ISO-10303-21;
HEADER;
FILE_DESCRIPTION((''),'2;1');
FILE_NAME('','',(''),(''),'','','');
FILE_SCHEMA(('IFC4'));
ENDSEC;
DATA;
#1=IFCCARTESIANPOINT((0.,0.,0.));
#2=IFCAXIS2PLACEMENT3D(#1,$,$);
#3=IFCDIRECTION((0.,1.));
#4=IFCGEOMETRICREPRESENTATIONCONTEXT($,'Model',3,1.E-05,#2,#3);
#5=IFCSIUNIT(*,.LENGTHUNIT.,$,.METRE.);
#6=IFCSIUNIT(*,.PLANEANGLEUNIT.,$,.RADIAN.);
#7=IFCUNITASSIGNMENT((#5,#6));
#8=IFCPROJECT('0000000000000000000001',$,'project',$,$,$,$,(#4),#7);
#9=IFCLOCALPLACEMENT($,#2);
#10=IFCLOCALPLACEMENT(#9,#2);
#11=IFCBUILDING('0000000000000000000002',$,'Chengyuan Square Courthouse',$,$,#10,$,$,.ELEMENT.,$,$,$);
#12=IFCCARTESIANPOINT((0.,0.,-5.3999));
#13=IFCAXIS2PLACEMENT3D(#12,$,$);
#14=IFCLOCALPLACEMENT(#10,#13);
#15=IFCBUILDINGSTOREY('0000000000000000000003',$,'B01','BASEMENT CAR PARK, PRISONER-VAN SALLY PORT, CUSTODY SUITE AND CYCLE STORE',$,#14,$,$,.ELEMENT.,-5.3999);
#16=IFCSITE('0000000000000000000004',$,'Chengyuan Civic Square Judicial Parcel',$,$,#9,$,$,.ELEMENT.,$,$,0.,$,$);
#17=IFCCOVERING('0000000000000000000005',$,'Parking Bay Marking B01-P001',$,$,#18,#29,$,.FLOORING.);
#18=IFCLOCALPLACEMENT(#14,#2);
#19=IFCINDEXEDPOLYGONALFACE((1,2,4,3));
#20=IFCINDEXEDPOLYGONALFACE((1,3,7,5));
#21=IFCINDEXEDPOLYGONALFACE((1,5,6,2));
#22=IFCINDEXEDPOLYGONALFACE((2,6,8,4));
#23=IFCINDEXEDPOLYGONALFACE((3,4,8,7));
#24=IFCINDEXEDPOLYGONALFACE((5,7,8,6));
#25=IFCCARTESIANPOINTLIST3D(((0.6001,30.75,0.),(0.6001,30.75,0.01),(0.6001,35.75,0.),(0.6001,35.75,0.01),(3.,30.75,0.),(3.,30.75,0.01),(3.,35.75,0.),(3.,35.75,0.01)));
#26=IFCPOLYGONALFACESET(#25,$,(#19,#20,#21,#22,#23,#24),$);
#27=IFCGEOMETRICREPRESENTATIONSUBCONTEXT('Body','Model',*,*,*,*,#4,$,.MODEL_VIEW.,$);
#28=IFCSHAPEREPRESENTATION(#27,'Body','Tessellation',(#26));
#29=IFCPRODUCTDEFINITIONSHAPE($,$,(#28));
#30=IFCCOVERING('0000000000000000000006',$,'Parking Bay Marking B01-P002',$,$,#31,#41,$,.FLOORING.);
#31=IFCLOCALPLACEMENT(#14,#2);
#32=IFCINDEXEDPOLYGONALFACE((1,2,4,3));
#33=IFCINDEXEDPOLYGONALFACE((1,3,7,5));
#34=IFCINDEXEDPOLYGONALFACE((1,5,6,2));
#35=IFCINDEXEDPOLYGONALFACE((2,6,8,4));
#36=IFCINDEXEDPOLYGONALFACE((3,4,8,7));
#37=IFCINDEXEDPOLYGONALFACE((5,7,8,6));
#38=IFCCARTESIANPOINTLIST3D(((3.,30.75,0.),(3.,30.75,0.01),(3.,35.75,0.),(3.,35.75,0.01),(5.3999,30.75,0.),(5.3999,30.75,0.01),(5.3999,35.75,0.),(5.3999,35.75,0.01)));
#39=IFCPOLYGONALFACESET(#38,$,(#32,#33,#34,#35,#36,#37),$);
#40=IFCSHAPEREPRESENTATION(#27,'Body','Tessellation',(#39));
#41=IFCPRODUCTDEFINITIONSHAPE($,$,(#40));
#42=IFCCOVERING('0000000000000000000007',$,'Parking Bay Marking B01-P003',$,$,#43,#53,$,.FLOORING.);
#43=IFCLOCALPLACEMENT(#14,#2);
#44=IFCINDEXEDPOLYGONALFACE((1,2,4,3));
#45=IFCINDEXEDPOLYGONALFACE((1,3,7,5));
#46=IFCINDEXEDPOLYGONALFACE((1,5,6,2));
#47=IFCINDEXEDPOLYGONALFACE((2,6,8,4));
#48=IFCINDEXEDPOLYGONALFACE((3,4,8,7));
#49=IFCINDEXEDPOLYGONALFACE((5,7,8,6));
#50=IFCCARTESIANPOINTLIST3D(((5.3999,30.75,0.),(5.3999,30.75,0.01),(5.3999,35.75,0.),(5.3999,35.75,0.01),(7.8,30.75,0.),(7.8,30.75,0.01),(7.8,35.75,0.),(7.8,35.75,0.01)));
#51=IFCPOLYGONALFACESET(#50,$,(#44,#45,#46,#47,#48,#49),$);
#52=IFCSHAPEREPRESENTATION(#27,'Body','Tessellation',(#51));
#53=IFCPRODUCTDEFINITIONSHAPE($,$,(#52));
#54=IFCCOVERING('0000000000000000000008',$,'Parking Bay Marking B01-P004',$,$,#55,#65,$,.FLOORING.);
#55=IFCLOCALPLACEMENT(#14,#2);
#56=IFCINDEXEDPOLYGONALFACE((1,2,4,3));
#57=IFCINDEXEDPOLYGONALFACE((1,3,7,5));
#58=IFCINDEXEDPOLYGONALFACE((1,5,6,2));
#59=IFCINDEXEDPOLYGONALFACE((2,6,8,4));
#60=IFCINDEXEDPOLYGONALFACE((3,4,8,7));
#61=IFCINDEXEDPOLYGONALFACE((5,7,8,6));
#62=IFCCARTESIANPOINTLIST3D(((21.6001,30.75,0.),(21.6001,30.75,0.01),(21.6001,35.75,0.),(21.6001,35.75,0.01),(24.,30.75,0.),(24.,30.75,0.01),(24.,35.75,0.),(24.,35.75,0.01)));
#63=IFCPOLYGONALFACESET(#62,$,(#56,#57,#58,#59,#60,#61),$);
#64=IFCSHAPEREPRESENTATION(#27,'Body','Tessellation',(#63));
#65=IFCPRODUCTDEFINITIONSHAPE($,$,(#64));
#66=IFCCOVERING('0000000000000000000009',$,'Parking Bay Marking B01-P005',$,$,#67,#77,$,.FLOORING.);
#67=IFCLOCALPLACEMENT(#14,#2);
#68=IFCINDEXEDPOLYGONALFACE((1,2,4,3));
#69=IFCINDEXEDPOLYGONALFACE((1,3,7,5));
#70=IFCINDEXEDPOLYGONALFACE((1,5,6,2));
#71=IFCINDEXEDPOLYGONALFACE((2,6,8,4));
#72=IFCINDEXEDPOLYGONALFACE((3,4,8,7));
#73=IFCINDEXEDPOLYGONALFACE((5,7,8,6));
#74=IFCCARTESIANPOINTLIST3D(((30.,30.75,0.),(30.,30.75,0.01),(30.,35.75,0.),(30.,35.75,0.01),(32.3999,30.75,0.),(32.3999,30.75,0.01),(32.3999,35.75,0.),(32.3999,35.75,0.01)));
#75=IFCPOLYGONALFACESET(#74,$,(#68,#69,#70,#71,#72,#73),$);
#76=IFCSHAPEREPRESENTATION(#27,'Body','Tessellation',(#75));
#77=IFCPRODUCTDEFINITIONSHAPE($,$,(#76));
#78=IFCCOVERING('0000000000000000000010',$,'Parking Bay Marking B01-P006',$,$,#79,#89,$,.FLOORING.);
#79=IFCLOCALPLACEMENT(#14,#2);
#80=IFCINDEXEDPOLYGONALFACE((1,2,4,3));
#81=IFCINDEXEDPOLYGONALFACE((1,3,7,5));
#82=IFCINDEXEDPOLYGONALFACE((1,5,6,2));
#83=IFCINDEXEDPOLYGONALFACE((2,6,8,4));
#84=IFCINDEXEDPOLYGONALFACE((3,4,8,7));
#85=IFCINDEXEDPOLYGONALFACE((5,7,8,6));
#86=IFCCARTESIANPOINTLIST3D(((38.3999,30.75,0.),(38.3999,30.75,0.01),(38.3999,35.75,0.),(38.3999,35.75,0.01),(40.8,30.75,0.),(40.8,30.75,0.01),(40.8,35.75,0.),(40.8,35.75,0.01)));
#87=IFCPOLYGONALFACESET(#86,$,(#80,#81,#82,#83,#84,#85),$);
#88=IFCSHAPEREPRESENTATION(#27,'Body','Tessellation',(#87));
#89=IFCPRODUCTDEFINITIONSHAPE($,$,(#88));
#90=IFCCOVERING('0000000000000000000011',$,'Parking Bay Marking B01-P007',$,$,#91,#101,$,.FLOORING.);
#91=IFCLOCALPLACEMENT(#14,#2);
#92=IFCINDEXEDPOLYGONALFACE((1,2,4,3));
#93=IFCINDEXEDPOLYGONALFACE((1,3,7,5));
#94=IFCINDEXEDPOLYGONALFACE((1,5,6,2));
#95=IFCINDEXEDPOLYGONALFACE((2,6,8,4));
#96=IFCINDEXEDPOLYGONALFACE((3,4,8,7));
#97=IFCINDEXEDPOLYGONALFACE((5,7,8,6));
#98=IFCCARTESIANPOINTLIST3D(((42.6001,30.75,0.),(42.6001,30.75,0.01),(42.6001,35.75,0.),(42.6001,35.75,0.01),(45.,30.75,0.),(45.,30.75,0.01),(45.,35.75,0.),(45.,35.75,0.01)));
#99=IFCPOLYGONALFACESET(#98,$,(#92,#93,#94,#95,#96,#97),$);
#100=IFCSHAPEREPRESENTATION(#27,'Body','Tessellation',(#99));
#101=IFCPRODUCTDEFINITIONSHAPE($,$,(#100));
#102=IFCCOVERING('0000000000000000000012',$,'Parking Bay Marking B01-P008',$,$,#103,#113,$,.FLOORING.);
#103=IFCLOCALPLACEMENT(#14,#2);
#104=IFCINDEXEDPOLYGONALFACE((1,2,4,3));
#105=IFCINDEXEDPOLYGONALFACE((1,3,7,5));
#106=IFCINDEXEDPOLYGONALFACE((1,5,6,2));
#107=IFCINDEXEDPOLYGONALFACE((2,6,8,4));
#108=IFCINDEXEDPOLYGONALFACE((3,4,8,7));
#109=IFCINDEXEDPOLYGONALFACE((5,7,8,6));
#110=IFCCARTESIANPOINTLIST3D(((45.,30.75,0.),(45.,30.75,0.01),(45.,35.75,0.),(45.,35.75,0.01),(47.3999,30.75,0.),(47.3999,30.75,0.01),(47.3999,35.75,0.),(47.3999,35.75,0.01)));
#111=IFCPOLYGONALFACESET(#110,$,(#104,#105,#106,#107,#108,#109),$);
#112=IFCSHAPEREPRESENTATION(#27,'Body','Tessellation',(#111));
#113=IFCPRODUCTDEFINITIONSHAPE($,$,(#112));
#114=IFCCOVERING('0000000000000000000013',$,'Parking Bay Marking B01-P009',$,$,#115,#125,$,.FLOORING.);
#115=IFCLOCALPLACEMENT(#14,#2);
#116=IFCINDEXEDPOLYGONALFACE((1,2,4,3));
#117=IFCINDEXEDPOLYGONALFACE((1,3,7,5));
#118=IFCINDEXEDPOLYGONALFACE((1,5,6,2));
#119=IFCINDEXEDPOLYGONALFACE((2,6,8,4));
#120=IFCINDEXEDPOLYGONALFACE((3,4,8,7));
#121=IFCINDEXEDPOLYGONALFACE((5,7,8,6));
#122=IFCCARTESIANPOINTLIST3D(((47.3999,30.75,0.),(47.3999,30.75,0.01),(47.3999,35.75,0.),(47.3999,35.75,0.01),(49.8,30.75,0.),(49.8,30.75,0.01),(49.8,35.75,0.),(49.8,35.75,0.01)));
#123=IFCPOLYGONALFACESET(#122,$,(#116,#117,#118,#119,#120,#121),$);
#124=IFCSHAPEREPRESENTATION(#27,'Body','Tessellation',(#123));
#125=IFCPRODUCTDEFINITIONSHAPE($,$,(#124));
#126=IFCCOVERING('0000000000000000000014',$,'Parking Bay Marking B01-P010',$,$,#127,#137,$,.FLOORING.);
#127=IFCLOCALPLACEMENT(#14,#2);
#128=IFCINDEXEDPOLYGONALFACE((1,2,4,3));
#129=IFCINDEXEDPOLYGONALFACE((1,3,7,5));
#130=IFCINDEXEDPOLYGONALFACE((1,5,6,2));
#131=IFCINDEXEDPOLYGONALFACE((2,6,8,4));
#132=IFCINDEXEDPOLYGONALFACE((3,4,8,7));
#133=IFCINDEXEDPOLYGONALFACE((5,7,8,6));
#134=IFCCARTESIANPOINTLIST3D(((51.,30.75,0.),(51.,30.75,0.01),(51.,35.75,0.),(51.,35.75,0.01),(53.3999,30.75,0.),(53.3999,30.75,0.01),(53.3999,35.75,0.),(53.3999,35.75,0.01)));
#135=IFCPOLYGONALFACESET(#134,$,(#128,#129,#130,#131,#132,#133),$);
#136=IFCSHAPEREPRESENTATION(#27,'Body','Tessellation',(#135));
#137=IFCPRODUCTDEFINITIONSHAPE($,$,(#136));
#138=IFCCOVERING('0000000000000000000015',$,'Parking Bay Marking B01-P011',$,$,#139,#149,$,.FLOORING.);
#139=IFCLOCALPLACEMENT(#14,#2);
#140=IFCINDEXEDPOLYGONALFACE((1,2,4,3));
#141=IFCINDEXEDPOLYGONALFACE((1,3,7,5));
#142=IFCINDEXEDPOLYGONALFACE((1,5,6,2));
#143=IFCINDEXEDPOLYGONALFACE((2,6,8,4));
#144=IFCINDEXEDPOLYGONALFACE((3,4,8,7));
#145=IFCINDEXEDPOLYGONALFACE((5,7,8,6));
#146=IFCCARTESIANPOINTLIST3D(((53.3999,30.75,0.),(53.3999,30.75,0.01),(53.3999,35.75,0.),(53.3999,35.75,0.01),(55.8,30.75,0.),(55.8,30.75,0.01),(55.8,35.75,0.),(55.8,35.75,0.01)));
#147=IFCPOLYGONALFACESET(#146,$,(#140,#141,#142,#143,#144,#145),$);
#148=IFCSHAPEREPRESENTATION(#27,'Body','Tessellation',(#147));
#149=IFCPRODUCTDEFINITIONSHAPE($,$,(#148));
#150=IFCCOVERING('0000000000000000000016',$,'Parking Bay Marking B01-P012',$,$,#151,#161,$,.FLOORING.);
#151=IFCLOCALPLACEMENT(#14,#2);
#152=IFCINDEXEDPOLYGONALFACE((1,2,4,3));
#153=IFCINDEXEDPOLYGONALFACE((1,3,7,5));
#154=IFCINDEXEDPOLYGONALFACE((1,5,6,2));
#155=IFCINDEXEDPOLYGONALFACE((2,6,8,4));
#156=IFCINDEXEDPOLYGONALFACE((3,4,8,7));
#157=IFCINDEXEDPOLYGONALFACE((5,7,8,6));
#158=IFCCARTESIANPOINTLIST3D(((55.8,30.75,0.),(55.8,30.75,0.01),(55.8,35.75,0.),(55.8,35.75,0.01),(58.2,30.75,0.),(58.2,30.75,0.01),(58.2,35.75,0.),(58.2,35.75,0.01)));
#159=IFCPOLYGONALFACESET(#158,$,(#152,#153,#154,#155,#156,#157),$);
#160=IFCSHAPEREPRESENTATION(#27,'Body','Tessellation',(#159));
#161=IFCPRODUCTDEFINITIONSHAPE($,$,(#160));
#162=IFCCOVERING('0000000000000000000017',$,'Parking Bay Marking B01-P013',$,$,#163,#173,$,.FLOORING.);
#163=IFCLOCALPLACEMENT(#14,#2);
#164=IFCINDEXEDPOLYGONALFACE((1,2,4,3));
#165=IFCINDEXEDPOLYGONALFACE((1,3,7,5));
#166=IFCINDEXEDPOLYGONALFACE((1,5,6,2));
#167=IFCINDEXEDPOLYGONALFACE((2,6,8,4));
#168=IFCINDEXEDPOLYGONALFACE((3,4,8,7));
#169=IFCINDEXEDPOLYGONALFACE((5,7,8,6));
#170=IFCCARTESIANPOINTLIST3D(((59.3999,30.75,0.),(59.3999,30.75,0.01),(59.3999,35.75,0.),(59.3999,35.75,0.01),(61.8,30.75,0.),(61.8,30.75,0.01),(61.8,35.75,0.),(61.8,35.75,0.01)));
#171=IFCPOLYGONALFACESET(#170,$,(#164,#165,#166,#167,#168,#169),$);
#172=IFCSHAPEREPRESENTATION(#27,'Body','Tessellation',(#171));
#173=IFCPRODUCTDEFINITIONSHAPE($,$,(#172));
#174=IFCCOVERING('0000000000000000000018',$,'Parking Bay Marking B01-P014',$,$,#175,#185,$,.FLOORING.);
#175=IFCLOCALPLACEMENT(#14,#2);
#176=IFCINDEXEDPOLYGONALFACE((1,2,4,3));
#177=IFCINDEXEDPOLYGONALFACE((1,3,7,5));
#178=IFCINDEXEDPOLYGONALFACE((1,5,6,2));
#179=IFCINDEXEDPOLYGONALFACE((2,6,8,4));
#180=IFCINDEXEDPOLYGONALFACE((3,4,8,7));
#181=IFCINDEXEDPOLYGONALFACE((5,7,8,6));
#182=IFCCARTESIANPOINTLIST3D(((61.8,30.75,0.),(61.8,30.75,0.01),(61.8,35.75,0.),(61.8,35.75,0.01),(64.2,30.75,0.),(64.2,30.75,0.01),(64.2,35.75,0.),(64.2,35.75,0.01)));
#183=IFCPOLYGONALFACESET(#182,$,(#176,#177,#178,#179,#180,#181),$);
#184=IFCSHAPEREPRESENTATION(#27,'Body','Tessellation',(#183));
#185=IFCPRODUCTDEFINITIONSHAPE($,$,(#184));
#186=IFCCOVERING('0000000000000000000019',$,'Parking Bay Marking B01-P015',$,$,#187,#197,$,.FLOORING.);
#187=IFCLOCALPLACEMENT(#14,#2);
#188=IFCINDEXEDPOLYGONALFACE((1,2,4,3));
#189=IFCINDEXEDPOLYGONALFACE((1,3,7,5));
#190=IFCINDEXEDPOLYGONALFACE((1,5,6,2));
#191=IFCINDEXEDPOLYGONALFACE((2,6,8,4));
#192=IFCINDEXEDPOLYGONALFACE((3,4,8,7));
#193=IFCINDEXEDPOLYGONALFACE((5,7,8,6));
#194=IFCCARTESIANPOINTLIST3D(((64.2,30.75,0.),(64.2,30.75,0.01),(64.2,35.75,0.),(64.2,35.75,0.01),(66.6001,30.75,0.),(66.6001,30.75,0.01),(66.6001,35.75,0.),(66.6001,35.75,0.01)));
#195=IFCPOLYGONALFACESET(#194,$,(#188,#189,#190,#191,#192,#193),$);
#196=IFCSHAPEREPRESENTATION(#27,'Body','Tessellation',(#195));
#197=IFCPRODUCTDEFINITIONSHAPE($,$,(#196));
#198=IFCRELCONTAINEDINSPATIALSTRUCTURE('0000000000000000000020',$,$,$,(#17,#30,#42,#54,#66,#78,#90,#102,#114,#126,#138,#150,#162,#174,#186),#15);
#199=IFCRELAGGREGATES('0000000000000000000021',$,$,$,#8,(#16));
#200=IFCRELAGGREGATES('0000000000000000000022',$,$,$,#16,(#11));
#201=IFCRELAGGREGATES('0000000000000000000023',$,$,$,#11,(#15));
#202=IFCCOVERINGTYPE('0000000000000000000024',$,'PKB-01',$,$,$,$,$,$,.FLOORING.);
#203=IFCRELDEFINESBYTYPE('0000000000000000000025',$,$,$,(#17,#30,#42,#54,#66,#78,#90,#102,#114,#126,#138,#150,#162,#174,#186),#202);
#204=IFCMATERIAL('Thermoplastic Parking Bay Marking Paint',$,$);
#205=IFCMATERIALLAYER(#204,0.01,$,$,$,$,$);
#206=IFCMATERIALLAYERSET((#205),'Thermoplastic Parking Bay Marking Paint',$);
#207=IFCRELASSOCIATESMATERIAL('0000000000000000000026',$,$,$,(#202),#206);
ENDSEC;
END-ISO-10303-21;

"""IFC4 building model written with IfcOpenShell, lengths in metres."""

from ifc_helpers import new_model, si_unit, direction, frame, origin, place, context, subcontext, project, spatial, polyline, outline, extrude, material, layer, layer_set, type_object, element, save


model = new_model("IFC4")

# Units and contexts
model_context = context("Model", 3, precision=1e-05, world=origin(), true_north=direction((0.0, 1.0)))
body_context = subcontext(model_context, "Body", "Model", "MODEL_VIEW")
ifc_project = project(units=[si_unit("LENGTHUNIT", "METRE"), si_unit("PLANEANGLEUNIT", "RADIAN")], contexts=[model_context])

# Site, building, storey
site_placement = place(None, origin())
site = spatial("IfcSite", under=ifc_project, at=site_placement, Name="Chengyuan Civic Square Judicial Parcel", CompositionType="ELEMENT", RefElevation=0.0)
building_placement = place(site_placement, origin())
building = spatial("IfcBuilding", under=site, at=building_placement, Name="Chengyuan Square Courthouse", CompositionType="ELEMENT")
storey_placement = place(building_placement, frame((0.0, 0.0, -5.3999)))
storey = spatial("IfcBuildingStorey", under=building, at=storey_placement, Name="B01", Description="BASEMENT CAR PARK, PRISONER-VAN SALLY PORT, CUSTODY SUITE AND CYCLE STORE", CompositionType="ELEMENT", Elevation=-5.3999)

# Coverings
ifc_material_1 = material(Name="Thermoplastic Parking Bay Marking Paint")
ifc_layer_1 = layer(ifc_material_1, 0.01)
ifc_layer_set_1 = layer_set([ifc_layer_1], Name="Thermoplastic Parking Bay Marking Paint")
covering_type_1 = type_object("IfcCoveringType", Name="PKB-01", PredefinedType="FLOORING", material=ifc_layer_set_1)
covering_1_placement = place(storey_placement, origin())
element("IfcCovering", 1, at=covering_1_placement, inside=storey, type_object=covering_type_1, Name="Parking Bay Marking B01-P001", PredefinedType="FLOORING", context=body_context, shape_type="SweptSolid", body=[
    extrude(outline(polyline([(0.6001, 30.75), (3.0, 30.75), (3.0, 35.75), (0.6001, 35.75), (0.6001, 30.75)])), origin(), (0.0, 0.0, 1.0), 0.01),
])
covering_2_placement = place(storey_placement, origin())
element("IfcCovering", 2, at=covering_2_placement, inside=storey, type_object=covering_type_1, Name="Parking Bay Marking B01-P002", PredefinedType="FLOORING", context=body_context, shape_type="SweptSolid", body=[
    extrude(outline(polyline([(3.0, 30.75), (5.3999, 30.75), (5.3999, 35.75), (3.0, 35.75), (3.0, 30.75)])), origin(), (0.0, 0.0, 1.0), 0.01),
])
covering_3_placement = place(storey_placement, origin())
element("IfcCovering", 3, at=covering_3_placement, inside=storey, type_object=covering_type_1, Name="Parking Bay Marking B01-P003", PredefinedType="FLOORING", context=body_context, shape_type="SweptSolid", body=[
    extrude(outline(polyline([(5.3999, 30.75), (7.8, 30.75), (7.8, 35.75), (5.3999, 35.75), (5.3999, 30.75)])), origin(), (0.0, 0.0, 1.0), 0.01),
])
covering_4_placement = place(storey_placement, origin())
element("IfcCovering", 4, at=covering_4_placement, inside=storey, type_object=covering_type_1, Name="Parking Bay Marking B01-P004", PredefinedType="FLOORING", context=body_context, shape_type="SweptSolid", body=[
    extrude(outline(polyline([(21.6001, 30.75), (24.0, 30.75), (24.0, 35.75), (21.6001, 35.75), (21.6001, 30.75)])), origin(), (0.0, 0.0, 1.0), 0.01),
])
covering_5_placement = place(storey_placement, origin())
element("IfcCovering", 5, at=covering_5_placement, inside=storey, type_object=covering_type_1, Name="Parking Bay Marking B01-P005", PredefinedType="FLOORING", context=body_context, shape_type="SweptSolid", body=[
    extrude(outline(polyline([(30.0, 30.75), (32.3999, 30.75), (32.3999, 35.75), (30.0, 35.75), (30.0, 30.75)])), origin(), (0.0, 0.0, 1.0), 0.01),
])
covering_6_placement = place(storey_placement, origin())
element("IfcCovering", 6, at=covering_6_placement, inside=storey, type_object=covering_type_1, Name="Parking Bay Marking B01-P006", PredefinedType="FLOORING", context=body_context, shape_type="SweptSolid", body=[
    extrude(outline(polyline([(38.3999, 30.75), (40.8, 30.75), (40.8, 35.75), (38.3999, 35.75), (38.3999, 30.75)])), origin(), (0.0, 0.0, 1.0), 0.01),
])
covering_7_placement = place(storey_placement, origin())
element("IfcCovering", 7, at=covering_7_placement, inside=storey, type_object=covering_type_1, Name="Parking Bay Marking B01-P007", PredefinedType="FLOORING", context=body_context, shape_type="SweptSolid", body=[
    extrude(outline(polyline([(42.6001, 30.75), (45.0, 30.75), (45.0, 35.75), (42.6001, 35.75), (42.6001, 30.75)])), origin(), (0.0, 0.0, 1.0), 0.01),
])
covering_8_placement = place(storey_placement, origin())
element("IfcCovering", 8, at=covering_8_placement, inside=storey, type_object=covering_type_1, Name="Parking Bay Marking B01-P008", PredefinedType="FLOORING", context=body_context, shape_type="SweptSolid", body=[
    extrude(outline(polyline([(45.0, 30.75), (47.3999, 30.75), (47.3999, 35.75), (45.0, 35.75), (45.0, 30.75)])), origin(), (0.0, 0.0, 1.0), 0.01),
])
covering_9_placement = place(storey_placement, origin())
element("IfcCovering", 9, at=covering_9_placement, inside=storey, type_object=covering_type_1, Name="Parking Bay Marking B01-P009", PredefinedType="FLOORING", context=body_context, shape_type="SweptSolid", body=[
    extrude(outline(polyline([(47.3999, 30.75), (49.8, 30.75), (49.8, 35.75), (47.3999, 35.75), (47.3999, 30.75)])), origin(), (0.0, 0.0, 1.0), 0.01),
])
covering_10_placement = place(storey_placement, origin())
element("IfcCovering", 10, at=covering_10_placement, inside=storey, type_object=covering_type_1, Name="Parking Bay Marking B01-P010", PredefinedType="FLOORING", context=body_context, shape_type="SweptSolid", body=[
    extrude(outline(polyline([(51.0, 30.75), (53.3999, 30.75), (53.3999, 35.75), (51.0, 35.75), (51.0, 30.75)])), origin(), (0.0, 0.0, 1.0), 0.01),
])
covering_11_placement = place(storey_placement, origin())
element("IfcCovering", 11, at=covering_11_placement, inside=storey, type_object=covering_type_1, Name="Parking Bay Marking B01-P011", PredefinedType="FLOORING", context=body_context, shape_type="SweptSolid", body=[
    extrude(outline(polyline([(53.3999, 30.75), (55.8, 30.75), (55.8, 35.75), (53.3999, 35.75), (53.3999, 30.75)])), origin(), (0.0, 0.0, 1.0), 0.01),
])
covering_12_placement = place(storey_placement, origin())
element("IfcCovering", 12, at=covering_12_placement, inside=storey, type_object=covering_type_1, Name="Parking Bay Marking B01-P012", PredefinedType="FLOORING", context=body_context, shape_type="SweptSolid", body=[
    extrude(outline(polyline([(55.8, 30.75), (58.2, 30.75), (58.2, 35.75), (55.8, 35.75), (55.8, 30.75)])), origin(), (0.0, 0.0, 1.0), 0.01),
])
covering_13_placement = place(storey_placement, origin())
element("IfcCovering", 13, at=covering_13_placement, inside=storey, type_object=covering_type_1, Name="Parking Bay Marking B01-P013", PredefinedType="FLOORING", context=body_context, shape_type="SweptSolid", body=[
    extrude(outline(polyline([(59.3999, 30.75), (61.8, 30.75), (61.8, 35.75), (59.3999, 35.75), (59.3999, 30.75)])), origin(), (0.0, 0.0, 1.0), 0.01),
])
covering_14_placement = place(storey_placement, origin())
element("IfcCovering", 14, at=covering_14_placement, inside=storey, type_object=covering_type_1, Name="Parking Bay Marking B01-P014", PredefinedType="FLOORING", context=body_context, shape_type="SweptSolid", body=[
    extrude(outline(polyline([(61.8, 30.75), (64.2, 30.75), (64.2, 35.75), (61.8, 35.75), (61.8, 30.75)])), origin(), (0.0, 0.0, 1.0), 0.01),
])
covering_15_placement = place(storey_placement, origin())
element("IfcCovering", 15, at=covering_15_placement, inside=storey, type_object=covering_type_1, Name="Parking Bay Marking B01-P015", PredefinedType="FLOORING", context=body_context, shape_type="SweptSolid", body=[
    extrude(outline(polyline([(64.2, 30.75), (66.6001, 30.75), (66.6001, 35.75), (64.2, 35.75), (64.2, 30.75)])), origin(), (0.0, 0.0, 1.0), 0.01),
])

save(model, "model.ifc")
